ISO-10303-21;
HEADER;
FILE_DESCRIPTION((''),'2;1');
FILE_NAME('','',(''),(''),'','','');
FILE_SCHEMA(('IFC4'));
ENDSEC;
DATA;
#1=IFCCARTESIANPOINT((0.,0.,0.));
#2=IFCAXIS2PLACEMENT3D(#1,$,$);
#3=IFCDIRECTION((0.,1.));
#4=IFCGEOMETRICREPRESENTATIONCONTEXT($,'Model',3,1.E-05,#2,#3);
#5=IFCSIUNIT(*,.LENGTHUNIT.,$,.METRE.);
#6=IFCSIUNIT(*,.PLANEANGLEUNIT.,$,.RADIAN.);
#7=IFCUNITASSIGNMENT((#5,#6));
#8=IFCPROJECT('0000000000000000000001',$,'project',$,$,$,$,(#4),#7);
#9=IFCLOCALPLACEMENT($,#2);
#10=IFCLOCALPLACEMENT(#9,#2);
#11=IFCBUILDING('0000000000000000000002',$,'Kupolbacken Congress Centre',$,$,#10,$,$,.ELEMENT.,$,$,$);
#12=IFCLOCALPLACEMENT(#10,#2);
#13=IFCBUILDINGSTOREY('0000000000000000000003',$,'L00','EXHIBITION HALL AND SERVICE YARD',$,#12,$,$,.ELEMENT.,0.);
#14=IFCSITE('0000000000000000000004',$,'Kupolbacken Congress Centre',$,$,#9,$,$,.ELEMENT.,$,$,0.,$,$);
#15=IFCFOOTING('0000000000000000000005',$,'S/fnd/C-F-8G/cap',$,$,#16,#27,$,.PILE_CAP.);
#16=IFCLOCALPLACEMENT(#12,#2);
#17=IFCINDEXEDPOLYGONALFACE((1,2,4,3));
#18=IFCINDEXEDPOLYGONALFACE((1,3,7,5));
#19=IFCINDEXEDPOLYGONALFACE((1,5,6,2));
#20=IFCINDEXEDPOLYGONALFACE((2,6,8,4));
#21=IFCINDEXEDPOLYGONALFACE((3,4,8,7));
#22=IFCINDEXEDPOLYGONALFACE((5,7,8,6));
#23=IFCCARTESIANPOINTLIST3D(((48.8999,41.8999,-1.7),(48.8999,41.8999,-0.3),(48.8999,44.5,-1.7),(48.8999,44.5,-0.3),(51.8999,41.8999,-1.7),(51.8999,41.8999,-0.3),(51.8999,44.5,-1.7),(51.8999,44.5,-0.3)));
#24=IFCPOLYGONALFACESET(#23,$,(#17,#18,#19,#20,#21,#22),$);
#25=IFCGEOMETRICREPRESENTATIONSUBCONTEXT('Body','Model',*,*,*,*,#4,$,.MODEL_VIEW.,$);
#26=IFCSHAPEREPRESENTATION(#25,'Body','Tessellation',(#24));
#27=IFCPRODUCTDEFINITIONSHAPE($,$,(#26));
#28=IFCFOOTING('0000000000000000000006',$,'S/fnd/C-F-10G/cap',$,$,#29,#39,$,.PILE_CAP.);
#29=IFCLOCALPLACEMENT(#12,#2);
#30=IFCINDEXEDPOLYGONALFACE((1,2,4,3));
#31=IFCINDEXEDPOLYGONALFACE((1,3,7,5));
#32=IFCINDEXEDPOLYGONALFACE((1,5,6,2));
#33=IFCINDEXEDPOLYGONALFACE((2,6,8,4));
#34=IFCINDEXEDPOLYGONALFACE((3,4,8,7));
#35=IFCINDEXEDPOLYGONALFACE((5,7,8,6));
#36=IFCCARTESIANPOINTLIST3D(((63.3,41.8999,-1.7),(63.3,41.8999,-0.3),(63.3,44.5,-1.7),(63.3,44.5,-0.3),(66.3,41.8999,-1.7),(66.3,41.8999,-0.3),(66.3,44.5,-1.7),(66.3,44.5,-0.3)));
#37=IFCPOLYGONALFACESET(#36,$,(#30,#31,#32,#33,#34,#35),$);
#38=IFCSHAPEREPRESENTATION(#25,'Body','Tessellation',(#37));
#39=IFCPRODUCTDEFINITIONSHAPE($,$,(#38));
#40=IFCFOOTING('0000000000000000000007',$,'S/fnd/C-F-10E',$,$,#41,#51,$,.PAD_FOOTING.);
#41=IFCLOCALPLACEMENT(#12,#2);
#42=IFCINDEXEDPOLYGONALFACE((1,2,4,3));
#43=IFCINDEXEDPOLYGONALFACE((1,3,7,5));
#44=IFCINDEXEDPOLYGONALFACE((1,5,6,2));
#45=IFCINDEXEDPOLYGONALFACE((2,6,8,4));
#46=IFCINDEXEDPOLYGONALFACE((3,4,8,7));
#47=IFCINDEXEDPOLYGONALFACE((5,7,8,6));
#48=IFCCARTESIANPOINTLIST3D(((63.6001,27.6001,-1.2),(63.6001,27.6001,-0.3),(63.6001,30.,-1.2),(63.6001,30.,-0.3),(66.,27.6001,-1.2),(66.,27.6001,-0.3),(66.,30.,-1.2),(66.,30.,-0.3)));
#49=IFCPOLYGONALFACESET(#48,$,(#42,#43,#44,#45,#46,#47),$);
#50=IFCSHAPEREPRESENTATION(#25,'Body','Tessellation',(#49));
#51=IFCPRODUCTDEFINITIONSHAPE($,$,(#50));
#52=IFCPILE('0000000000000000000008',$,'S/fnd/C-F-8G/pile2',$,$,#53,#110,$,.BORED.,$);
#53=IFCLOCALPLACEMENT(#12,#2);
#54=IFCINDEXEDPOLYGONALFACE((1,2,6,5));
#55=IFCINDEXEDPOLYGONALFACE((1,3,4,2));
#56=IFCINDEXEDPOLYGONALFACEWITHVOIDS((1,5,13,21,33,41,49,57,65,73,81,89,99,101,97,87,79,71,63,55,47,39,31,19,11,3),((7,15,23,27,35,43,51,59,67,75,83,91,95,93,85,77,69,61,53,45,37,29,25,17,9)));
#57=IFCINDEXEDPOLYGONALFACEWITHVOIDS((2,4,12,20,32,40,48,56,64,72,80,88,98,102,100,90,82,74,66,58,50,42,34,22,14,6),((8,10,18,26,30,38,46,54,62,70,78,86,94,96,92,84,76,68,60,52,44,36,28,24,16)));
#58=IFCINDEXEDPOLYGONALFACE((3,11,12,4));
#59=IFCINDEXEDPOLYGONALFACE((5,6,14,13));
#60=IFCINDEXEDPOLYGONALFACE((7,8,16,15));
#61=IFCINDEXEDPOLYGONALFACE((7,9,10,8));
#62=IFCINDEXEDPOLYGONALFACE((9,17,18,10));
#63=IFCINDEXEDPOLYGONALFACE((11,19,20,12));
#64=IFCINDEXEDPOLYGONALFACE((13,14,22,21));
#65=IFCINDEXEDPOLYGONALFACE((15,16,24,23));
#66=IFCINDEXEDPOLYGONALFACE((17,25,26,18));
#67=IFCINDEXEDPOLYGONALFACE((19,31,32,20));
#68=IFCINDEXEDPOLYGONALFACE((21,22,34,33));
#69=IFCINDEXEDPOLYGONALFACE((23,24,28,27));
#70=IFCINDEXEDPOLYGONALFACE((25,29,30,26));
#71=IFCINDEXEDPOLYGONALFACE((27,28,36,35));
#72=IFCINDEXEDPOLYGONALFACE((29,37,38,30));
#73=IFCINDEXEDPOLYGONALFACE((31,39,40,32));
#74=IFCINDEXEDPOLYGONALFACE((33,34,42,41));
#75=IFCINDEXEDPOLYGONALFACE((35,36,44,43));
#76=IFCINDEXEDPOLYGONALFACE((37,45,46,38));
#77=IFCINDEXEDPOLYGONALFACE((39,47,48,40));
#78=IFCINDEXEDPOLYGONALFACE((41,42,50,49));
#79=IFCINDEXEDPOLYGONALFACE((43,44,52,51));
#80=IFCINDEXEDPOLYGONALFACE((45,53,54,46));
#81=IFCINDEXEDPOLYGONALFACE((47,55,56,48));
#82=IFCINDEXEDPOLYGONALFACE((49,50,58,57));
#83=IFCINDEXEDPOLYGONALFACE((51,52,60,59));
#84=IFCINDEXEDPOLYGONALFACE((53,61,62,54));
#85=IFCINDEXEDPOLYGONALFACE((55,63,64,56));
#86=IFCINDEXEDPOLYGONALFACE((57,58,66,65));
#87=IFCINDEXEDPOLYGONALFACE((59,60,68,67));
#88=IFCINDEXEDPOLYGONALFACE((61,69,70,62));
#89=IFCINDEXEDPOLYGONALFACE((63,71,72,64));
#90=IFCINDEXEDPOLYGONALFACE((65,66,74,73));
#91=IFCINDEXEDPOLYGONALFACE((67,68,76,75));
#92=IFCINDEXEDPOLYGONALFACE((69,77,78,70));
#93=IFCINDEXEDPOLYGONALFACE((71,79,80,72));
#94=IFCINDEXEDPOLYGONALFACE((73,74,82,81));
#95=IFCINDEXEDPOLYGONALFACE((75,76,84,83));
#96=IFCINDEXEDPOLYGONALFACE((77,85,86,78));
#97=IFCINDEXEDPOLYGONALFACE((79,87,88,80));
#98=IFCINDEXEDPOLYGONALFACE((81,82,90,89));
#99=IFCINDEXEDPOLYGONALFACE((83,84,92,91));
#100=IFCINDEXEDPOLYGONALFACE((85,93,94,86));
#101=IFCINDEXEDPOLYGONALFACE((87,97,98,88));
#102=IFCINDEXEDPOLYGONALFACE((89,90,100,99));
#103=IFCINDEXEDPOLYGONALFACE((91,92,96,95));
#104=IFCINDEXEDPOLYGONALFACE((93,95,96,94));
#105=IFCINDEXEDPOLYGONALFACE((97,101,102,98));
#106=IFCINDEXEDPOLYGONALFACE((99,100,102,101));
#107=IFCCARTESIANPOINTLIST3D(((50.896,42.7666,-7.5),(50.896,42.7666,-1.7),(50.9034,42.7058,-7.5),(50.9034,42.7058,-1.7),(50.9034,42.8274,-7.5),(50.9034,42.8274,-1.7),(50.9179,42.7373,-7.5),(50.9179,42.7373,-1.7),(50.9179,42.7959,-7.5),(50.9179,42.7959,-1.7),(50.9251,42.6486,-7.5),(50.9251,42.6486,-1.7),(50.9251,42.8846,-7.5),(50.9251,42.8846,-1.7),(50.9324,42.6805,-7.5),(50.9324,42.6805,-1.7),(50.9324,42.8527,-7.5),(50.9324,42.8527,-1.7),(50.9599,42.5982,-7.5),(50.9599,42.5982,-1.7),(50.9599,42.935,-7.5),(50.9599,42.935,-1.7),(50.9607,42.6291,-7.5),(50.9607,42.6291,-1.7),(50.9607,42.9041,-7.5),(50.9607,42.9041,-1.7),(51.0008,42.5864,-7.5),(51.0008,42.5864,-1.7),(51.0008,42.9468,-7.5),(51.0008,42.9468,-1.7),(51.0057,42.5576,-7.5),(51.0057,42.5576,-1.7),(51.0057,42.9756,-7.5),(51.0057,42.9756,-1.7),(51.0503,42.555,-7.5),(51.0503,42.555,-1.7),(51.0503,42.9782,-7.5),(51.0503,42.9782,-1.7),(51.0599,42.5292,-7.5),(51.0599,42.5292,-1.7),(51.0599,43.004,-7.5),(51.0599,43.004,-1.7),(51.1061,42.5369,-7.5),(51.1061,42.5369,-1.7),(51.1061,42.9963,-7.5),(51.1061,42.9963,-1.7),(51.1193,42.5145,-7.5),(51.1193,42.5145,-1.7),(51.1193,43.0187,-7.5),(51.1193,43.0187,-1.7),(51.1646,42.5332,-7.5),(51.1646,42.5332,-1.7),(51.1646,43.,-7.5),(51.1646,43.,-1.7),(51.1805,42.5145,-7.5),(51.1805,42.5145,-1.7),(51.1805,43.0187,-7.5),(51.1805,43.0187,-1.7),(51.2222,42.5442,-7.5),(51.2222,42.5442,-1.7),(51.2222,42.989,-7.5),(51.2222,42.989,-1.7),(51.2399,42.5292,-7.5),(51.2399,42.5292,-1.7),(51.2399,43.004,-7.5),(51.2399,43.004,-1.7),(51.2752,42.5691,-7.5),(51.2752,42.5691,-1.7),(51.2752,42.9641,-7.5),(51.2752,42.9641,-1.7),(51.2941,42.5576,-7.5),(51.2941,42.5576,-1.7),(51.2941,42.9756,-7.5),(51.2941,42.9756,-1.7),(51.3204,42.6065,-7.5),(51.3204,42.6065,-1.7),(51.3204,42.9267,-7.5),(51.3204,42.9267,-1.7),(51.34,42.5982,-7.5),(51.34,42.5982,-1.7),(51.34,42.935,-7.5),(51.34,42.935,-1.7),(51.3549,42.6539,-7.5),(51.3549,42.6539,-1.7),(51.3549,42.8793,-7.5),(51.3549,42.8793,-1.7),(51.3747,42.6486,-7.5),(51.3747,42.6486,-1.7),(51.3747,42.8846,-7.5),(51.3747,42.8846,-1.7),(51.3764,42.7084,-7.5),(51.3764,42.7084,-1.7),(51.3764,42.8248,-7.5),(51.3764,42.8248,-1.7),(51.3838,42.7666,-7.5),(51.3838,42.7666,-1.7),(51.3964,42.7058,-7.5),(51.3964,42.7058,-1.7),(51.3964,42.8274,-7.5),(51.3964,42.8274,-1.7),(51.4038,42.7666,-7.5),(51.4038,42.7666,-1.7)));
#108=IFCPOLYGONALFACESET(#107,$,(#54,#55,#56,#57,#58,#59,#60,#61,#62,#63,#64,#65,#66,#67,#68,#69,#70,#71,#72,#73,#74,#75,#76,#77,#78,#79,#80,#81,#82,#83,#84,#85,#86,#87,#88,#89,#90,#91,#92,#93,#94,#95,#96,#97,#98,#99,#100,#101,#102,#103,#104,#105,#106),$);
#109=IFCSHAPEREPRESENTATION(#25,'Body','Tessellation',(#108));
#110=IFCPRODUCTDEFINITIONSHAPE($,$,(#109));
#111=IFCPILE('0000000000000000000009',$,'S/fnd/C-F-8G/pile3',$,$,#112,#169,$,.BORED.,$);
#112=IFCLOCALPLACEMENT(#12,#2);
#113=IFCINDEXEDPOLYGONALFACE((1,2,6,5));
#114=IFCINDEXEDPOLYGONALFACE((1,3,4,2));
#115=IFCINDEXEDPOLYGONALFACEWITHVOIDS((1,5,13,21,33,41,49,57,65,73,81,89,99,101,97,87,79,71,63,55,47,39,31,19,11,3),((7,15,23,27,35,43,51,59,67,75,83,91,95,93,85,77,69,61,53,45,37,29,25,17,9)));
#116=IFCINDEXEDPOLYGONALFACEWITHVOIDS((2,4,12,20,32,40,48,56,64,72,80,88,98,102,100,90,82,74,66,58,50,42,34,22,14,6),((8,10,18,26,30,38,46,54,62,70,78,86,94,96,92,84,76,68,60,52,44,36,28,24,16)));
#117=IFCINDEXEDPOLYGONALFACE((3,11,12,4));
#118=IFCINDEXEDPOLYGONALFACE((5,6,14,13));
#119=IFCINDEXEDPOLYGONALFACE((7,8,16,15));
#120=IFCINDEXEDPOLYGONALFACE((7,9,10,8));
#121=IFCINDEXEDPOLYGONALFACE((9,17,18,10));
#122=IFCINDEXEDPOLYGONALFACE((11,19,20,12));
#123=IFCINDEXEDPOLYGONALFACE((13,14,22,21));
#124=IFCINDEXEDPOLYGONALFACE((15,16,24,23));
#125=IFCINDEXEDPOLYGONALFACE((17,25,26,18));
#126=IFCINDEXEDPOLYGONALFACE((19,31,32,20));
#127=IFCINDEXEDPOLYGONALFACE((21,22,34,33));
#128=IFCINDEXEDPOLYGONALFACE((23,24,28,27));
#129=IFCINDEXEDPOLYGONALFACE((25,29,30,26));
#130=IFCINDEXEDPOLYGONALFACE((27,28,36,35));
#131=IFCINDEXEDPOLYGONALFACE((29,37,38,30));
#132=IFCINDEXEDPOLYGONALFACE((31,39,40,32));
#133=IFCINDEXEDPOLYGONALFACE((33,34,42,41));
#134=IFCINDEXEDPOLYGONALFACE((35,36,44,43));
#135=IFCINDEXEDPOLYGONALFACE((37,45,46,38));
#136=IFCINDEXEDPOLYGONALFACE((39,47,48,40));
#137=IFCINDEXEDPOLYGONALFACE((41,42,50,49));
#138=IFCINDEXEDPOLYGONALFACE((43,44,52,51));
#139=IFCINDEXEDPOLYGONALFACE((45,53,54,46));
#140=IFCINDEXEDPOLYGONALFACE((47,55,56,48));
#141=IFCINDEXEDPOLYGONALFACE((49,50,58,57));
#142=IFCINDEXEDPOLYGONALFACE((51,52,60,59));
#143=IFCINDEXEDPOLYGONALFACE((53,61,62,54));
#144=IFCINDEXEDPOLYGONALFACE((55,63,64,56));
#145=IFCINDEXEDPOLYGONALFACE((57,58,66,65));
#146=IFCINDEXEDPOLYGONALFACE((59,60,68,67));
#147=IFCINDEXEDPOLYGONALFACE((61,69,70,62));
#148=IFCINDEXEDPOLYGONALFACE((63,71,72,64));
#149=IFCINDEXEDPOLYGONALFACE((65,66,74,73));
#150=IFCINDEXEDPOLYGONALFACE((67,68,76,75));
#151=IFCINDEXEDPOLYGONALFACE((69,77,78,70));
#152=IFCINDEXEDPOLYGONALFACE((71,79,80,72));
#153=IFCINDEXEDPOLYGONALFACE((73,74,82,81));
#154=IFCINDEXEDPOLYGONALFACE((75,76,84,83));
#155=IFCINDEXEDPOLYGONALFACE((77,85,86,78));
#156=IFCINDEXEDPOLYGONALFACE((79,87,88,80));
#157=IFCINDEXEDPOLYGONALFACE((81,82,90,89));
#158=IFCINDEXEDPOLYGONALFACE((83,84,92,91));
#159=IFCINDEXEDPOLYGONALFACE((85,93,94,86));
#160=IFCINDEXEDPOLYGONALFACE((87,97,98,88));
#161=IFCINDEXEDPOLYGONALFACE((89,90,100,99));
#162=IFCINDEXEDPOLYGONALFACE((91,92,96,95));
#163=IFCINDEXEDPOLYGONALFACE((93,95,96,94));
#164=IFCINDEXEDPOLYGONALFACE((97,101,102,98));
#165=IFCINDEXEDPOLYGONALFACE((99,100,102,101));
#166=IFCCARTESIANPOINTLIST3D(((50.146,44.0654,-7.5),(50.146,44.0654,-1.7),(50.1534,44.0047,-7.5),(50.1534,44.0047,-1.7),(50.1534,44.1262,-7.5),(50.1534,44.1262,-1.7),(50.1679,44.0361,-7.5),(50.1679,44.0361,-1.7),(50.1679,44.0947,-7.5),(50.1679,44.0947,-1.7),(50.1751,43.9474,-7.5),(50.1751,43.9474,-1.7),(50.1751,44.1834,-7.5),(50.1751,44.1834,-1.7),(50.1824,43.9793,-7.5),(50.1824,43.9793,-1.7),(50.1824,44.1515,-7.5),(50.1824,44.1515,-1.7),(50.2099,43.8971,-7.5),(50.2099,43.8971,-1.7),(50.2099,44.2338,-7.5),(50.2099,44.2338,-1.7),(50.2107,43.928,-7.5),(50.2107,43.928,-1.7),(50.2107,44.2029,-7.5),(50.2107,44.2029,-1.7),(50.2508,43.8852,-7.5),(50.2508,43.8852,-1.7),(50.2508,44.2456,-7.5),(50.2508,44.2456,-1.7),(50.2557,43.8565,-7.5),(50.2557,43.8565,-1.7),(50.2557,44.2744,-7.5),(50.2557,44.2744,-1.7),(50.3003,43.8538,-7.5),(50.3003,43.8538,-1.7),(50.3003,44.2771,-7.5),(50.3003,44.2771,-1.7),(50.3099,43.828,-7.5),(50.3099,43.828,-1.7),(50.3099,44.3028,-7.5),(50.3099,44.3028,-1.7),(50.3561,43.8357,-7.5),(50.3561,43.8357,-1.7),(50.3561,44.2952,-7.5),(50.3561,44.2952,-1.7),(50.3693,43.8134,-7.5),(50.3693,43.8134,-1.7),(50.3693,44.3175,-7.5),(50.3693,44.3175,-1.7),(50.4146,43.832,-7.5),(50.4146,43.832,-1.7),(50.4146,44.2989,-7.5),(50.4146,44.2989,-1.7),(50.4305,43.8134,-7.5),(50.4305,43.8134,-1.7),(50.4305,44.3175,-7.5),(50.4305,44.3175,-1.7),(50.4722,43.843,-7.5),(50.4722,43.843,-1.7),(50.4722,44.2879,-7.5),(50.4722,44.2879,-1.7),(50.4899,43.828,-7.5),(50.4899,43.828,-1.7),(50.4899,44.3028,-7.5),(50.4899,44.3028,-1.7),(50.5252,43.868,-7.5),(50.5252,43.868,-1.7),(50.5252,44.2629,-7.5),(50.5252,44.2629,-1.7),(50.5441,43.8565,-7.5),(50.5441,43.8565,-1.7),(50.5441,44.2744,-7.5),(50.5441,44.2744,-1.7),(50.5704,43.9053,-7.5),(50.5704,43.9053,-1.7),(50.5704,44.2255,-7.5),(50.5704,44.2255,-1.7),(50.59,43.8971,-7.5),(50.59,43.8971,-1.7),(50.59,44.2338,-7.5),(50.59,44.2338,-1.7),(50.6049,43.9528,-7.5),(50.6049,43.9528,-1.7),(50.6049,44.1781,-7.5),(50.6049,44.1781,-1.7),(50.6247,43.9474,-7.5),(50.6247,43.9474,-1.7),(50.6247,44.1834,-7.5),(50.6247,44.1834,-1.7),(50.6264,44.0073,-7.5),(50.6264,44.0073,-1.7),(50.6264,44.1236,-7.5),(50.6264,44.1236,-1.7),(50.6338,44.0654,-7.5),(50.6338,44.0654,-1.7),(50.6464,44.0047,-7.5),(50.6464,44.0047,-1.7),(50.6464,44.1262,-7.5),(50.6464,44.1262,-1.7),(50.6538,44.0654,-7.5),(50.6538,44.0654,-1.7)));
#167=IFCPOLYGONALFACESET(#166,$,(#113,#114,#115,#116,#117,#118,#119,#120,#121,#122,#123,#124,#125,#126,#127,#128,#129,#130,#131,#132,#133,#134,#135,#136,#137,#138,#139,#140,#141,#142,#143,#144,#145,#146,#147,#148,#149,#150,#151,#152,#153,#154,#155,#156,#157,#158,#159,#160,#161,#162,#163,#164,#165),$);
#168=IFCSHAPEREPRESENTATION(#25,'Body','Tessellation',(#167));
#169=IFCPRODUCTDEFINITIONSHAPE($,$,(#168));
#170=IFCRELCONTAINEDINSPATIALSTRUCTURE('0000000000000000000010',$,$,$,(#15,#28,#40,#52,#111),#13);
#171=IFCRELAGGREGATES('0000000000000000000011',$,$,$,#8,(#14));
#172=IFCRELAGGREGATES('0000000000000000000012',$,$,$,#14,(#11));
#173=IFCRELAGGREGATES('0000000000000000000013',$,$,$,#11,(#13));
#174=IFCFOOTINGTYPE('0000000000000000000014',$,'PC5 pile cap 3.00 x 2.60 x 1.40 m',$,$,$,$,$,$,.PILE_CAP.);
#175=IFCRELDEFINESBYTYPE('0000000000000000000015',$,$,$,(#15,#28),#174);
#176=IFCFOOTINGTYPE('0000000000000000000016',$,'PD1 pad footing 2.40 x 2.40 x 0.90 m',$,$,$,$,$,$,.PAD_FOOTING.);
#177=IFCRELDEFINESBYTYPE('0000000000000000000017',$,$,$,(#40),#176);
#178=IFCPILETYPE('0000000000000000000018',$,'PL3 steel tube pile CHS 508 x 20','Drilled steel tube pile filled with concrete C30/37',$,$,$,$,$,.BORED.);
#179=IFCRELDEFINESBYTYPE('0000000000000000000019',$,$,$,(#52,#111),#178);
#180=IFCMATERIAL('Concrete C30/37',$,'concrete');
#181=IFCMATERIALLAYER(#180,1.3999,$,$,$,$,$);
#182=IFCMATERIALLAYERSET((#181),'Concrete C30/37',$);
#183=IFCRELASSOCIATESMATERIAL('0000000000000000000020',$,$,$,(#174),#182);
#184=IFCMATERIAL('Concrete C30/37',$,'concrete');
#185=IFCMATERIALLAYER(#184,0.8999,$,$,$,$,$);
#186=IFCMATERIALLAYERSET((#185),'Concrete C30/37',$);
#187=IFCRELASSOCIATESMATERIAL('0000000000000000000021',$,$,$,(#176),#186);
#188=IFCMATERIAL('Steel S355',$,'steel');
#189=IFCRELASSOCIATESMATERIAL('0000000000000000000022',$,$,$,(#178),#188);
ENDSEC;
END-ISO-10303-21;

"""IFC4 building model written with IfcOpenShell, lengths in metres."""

from ifc_helpers import new_model, si_unit, direction, frame, origin, origin_2d, place, context, subcontext, project, spatial, rectangle, hollow_circle, extrude, material, layer, layer_set, material_profile, profile_set, type_object, element, save


model = new_model("IFC4")

# Units and contexts
model_context = context("Model", 3, precision=1e-05, world=origin(), true_north=direction((0.0, 1.0)))
body_context = subcontext(model_context, "Body", "Model", "MODEL_VIEW")
ifc_project = project(units=[si_unit("LENGTHUNIT", "METRE"), si_unit("PLANEANGLEUNIT", "RADIAN")], contexts=[model_context])

# Site, building, storey
site_placement = place(None, origin())
site = spatial("IfcSite", under=ifc_project, at=site_placement, Name="Kupolbacken Congress Centre", CompositionType="ELEMENT", RefElevation=0.0)
building_placement = place(site_placement, origin())
building = spatial("IfcBuilding", under=site, at=building_placement, Name="Kupolbacken Congress Centre", CompositionType="ELEMENT")
storey_placement = place(building_placement, origin())
storey = spatial("IfcBuildingStorey", under=building, at=storey_placement, Name="L00", Description="EXHIBITION HALL AND SERVICE YARD", CompositionType="ELEMENT", Elevation=0.0)

# Footings
ifc_material_1 = material(Name="Concrete C30/37", Category="concrete")
ifc_layer_1 = layer(ifc_material_1, 1.3999)
ifc_layer_set_1 = layer_set([ifc_layer_1], Name="Concrete C30/37")
footing_type_1 = type_object("IfcFootingType", Name="PC5 pile cap 3.00 x 2.60 x 1.40 m", PredefinedType="PILE_CAP", material=ifc_layer_set_1)
for number, where, z_axis, x_axis, name in (
    (1, (50.3999, 43.2, -1.7), (0.0, 0.0, 1.0), (1.0, 0.0, 0.0), "S/fnd/C-F-8G/cap"),
    (2, (64.8, 43.2, -1.7), (0.0, 0.0, 1.0), (1.0, 0.0, 0.0), "S/fnd/C-F-10G/cap"),
):
    element("IfcFooting", number, at=place(storey_placement, frame(where, z_axis=z_axis, x_axis=x_axis)), inside=storey, type_object=footing_type_1, Name=name, PredefinedType="PILE_CAP", context=body_context, shape_type="SweptSolid", body=[
        extrude(rectangle(XDim=3.0, YDim=2.6001, at=origin_2d()), origin(), (0.0, 0.0, 1.0), 1.3999),
    ])
ifc_material_2 = material(Name="Concrete C30/37", Category="concrete")
ifc_layer_2 = layer(ifc_material_2, 0.8999)
ifc_layer_set_2 = layer_set([ifc_layer_2], Name="Concrete C30/37")
footing_type_2 = type_object("IfcFootingType", Name="PD1 pad footing 2.40 x 2.40 x 0.90 m", PredefinedType="PAD_FOOTING", material=ifc_layer_set_2)
footing_placement = place(storey_placement, frame((64.8, 28.8, -1.2), z_axis=(0.0, 0.0, 1.0), x_axis=(1.0, 0.0, 0.0)))
element("IfcFooting", 3, at=footing_placement, inside=storey, type_object=footing_type_2, Name="S/fnd/C-F-10E", PredefinedType="PAD_FOOTING", context=body_context, shape_type="SweptSolid", body=[
    extrude(rectangle(XDim=2.3999, YDim=2.3999, at=origin_2d()), origin(), (0.0, 0.0, 1.0), 0.8999),
])

# Piles
ifc_material_3 = material(Name="Steel S355", Category="steel")
ifc_material_profile_1 = material_profile(ifc_material_3, hollow_circle(Radius=0.2539, WallThickness=0.02, at=origin_2d()), Name="CHS 508 x 20")
ifc_profile_set_1 = profile_set([ifc_material_profile_1], Name="Steel S355")
pile_type = type_object("IfcPileType", Name="PL3 steel tube pile CHS 508 x 20", Description="Drilled steel tube pile filled with concrete C30/37", PredefinedType="BORED", material=ifc_profile_set_1)
for number, where, z_axis, x_axis, name in (
    (4, (51.1499, 42.7666, -1.7), (0.0, 0.0, -1.0), (1.0, 0.0, 0.0), "S/fnd/C-F-8G/pile2"),
    (5, (50.3999, 44.0654, -1.7), (0.0, 0.0, -1.0), (1.0, 0.0, 0.0), "S/fnd/C-F-8G/pile3"),
):
    element("IfcPile", number, at=place(storey_placement, frame(where, z_axis=z_axis, x_axis=x_axis)), inside=storey, type_object=pile_type, Name=name, PredefinedType="BORED", context=body_context, shape_type="SweptSolid", body=[
        extrude(hollow_circle(Radius=0.2539, WallThickness=0.02, at=origin_2d()), origin(), (0.0, 0.0, 1.0), 5.8),
    ])

save(model, "model.ifc")
